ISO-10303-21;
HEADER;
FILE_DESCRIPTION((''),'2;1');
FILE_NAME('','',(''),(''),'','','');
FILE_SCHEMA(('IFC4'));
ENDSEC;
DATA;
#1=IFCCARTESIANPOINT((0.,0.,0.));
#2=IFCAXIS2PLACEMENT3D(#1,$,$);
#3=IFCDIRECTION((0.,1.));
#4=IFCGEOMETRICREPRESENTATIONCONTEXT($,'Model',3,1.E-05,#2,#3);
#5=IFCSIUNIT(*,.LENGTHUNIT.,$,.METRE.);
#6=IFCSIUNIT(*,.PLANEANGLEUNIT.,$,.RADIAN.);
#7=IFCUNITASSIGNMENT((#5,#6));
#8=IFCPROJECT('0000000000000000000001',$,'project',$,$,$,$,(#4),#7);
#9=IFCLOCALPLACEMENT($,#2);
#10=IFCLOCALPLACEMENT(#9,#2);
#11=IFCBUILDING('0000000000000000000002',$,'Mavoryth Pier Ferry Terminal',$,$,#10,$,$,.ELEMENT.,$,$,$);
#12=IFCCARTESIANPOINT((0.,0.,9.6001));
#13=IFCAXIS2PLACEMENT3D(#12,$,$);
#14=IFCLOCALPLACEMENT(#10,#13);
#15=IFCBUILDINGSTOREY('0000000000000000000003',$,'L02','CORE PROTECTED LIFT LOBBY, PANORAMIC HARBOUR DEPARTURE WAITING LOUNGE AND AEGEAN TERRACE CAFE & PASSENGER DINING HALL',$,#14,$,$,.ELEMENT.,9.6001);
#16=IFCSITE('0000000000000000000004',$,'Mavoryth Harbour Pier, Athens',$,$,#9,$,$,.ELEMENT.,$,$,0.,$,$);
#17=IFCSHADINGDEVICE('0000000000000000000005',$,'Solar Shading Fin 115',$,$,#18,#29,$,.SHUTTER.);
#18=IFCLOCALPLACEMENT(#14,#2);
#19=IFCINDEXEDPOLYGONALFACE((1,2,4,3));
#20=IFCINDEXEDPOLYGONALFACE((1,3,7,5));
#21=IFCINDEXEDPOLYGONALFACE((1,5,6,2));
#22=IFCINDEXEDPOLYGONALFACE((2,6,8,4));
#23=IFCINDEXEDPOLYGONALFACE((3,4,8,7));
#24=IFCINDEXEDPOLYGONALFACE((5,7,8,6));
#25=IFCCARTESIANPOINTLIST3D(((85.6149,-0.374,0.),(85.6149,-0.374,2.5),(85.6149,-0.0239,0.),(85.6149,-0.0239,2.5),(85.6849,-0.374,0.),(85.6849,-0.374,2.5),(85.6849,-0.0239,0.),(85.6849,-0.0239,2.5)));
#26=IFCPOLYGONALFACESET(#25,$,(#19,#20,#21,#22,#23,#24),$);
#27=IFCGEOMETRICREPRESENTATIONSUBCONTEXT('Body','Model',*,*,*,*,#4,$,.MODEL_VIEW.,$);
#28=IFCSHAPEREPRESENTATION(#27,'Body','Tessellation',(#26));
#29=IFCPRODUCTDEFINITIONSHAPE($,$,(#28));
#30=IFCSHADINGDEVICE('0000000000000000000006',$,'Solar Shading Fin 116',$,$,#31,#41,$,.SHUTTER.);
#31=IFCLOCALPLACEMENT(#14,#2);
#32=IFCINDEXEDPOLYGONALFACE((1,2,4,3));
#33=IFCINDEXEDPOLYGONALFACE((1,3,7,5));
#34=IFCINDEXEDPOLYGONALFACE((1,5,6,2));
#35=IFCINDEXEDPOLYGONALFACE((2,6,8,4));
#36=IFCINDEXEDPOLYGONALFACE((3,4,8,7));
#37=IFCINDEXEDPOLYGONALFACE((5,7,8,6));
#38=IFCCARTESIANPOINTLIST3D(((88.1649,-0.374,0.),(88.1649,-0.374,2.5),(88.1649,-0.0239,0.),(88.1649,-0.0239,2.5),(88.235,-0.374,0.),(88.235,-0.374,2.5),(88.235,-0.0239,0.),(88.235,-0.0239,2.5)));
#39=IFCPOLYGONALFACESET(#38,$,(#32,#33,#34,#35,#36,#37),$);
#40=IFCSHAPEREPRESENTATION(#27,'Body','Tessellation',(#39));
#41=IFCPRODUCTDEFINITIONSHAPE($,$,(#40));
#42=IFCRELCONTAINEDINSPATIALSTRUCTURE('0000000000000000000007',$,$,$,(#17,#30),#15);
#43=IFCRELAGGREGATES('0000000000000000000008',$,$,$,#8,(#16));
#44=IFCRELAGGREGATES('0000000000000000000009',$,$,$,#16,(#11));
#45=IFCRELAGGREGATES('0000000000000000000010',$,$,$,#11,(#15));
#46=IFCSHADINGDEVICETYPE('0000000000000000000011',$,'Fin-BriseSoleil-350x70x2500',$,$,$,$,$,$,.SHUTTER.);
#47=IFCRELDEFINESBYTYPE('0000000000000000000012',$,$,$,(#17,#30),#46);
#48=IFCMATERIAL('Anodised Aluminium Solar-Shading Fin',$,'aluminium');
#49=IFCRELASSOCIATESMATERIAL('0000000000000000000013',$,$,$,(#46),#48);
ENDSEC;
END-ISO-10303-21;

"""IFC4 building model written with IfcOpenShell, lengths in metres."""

from ifc_helpers import new_model, si_unit, direction, frame, origin, origin_2d, place, context, subcontext, project, spatial, rectangle, extrude, material, type_object, element, save


model = new_model("IFC4")

# Units and contexts
model_context = context("Model", 3, precision=1e-05, world=origin(), true_north=direction((0.0, 1.0)))
body_context = subcontext(model_context, "Body", "Model", "MODEL_VIEW")
ifc_project = project(units=[si_unit("LENGTHUNIT", "METRE"), si_unit("PLANEANGLEUNIT", "RADIAN")], contexts=[model_context])

# Site, building, storey
site_placement = place(None, origin())
site = spatial("IfcSite", under=ifc_project, at=site_placement, Name="Mavoryth Harbour Pier, Athens", CompositionType="ELEMENT", RefElevation=0.0)
building_placement = place(site_placement, origin())
building = spatial("IfcBuilding", under=site, at=building_placement, Name="Mavoryth Pier Ferry Terminal", CompositionType="ELEMENT")
storey_placement = place(building_placement, frame((0.0, 0.0, 9.6001)))
storey = spatial("IfcBuildingStorey", under=building, at=storey_placement, Name="L02", Description="CORE PROTECTED LIFT LOBBY, PANORAMIC HARBOUR DEPARTURE WAITING LOUNGE AND AEGEAN TERRACE CAFE & PASSENGER DINING HALL", CompositionType="ELEMENT", Elevation=9.6001)

# Shading devices
ifc_material_1 = material(Name="Anodised Aluminium Solar-Shading Fin", Category="aluminium")
shading_device_type = type_object("IfcShadingDeviceType", Name="Fin-BriseSoleil-350x70x2500", PredefinedType="SHUTTER", material=ifc_material_1)
for number, where, z_axis, x_axis, name in (
    (1, (85.6499, -0.199, 0.0), (0.0, 0.0, 1.0), (1.0, 0.0, 0.0), "Solar Shading Fin 115"),
    (2, (88.2, -0.199, 0.0), (0.0, 0.0, 1.0), (1.0, 0.0, 0.0), "Solar Shading Fin 116"),
):
    element("IfcShadingDevice", number, at=place(storey_placement, frame(where, z_axis=z_axis, x_axis=x_axis)), inside=storey, type_object=shading_device_type, Name=name, PredefinedType="SHUTTER", context=body_context, shape_type="SweptSolid", body=[
        extrude(rectangle(XDim=0.0701, YDim=0.3501, at=origin_2d()), origin(), (0.0, 0.0, 1.0), 2.5),
    ])

save(model, "model.ifc")
